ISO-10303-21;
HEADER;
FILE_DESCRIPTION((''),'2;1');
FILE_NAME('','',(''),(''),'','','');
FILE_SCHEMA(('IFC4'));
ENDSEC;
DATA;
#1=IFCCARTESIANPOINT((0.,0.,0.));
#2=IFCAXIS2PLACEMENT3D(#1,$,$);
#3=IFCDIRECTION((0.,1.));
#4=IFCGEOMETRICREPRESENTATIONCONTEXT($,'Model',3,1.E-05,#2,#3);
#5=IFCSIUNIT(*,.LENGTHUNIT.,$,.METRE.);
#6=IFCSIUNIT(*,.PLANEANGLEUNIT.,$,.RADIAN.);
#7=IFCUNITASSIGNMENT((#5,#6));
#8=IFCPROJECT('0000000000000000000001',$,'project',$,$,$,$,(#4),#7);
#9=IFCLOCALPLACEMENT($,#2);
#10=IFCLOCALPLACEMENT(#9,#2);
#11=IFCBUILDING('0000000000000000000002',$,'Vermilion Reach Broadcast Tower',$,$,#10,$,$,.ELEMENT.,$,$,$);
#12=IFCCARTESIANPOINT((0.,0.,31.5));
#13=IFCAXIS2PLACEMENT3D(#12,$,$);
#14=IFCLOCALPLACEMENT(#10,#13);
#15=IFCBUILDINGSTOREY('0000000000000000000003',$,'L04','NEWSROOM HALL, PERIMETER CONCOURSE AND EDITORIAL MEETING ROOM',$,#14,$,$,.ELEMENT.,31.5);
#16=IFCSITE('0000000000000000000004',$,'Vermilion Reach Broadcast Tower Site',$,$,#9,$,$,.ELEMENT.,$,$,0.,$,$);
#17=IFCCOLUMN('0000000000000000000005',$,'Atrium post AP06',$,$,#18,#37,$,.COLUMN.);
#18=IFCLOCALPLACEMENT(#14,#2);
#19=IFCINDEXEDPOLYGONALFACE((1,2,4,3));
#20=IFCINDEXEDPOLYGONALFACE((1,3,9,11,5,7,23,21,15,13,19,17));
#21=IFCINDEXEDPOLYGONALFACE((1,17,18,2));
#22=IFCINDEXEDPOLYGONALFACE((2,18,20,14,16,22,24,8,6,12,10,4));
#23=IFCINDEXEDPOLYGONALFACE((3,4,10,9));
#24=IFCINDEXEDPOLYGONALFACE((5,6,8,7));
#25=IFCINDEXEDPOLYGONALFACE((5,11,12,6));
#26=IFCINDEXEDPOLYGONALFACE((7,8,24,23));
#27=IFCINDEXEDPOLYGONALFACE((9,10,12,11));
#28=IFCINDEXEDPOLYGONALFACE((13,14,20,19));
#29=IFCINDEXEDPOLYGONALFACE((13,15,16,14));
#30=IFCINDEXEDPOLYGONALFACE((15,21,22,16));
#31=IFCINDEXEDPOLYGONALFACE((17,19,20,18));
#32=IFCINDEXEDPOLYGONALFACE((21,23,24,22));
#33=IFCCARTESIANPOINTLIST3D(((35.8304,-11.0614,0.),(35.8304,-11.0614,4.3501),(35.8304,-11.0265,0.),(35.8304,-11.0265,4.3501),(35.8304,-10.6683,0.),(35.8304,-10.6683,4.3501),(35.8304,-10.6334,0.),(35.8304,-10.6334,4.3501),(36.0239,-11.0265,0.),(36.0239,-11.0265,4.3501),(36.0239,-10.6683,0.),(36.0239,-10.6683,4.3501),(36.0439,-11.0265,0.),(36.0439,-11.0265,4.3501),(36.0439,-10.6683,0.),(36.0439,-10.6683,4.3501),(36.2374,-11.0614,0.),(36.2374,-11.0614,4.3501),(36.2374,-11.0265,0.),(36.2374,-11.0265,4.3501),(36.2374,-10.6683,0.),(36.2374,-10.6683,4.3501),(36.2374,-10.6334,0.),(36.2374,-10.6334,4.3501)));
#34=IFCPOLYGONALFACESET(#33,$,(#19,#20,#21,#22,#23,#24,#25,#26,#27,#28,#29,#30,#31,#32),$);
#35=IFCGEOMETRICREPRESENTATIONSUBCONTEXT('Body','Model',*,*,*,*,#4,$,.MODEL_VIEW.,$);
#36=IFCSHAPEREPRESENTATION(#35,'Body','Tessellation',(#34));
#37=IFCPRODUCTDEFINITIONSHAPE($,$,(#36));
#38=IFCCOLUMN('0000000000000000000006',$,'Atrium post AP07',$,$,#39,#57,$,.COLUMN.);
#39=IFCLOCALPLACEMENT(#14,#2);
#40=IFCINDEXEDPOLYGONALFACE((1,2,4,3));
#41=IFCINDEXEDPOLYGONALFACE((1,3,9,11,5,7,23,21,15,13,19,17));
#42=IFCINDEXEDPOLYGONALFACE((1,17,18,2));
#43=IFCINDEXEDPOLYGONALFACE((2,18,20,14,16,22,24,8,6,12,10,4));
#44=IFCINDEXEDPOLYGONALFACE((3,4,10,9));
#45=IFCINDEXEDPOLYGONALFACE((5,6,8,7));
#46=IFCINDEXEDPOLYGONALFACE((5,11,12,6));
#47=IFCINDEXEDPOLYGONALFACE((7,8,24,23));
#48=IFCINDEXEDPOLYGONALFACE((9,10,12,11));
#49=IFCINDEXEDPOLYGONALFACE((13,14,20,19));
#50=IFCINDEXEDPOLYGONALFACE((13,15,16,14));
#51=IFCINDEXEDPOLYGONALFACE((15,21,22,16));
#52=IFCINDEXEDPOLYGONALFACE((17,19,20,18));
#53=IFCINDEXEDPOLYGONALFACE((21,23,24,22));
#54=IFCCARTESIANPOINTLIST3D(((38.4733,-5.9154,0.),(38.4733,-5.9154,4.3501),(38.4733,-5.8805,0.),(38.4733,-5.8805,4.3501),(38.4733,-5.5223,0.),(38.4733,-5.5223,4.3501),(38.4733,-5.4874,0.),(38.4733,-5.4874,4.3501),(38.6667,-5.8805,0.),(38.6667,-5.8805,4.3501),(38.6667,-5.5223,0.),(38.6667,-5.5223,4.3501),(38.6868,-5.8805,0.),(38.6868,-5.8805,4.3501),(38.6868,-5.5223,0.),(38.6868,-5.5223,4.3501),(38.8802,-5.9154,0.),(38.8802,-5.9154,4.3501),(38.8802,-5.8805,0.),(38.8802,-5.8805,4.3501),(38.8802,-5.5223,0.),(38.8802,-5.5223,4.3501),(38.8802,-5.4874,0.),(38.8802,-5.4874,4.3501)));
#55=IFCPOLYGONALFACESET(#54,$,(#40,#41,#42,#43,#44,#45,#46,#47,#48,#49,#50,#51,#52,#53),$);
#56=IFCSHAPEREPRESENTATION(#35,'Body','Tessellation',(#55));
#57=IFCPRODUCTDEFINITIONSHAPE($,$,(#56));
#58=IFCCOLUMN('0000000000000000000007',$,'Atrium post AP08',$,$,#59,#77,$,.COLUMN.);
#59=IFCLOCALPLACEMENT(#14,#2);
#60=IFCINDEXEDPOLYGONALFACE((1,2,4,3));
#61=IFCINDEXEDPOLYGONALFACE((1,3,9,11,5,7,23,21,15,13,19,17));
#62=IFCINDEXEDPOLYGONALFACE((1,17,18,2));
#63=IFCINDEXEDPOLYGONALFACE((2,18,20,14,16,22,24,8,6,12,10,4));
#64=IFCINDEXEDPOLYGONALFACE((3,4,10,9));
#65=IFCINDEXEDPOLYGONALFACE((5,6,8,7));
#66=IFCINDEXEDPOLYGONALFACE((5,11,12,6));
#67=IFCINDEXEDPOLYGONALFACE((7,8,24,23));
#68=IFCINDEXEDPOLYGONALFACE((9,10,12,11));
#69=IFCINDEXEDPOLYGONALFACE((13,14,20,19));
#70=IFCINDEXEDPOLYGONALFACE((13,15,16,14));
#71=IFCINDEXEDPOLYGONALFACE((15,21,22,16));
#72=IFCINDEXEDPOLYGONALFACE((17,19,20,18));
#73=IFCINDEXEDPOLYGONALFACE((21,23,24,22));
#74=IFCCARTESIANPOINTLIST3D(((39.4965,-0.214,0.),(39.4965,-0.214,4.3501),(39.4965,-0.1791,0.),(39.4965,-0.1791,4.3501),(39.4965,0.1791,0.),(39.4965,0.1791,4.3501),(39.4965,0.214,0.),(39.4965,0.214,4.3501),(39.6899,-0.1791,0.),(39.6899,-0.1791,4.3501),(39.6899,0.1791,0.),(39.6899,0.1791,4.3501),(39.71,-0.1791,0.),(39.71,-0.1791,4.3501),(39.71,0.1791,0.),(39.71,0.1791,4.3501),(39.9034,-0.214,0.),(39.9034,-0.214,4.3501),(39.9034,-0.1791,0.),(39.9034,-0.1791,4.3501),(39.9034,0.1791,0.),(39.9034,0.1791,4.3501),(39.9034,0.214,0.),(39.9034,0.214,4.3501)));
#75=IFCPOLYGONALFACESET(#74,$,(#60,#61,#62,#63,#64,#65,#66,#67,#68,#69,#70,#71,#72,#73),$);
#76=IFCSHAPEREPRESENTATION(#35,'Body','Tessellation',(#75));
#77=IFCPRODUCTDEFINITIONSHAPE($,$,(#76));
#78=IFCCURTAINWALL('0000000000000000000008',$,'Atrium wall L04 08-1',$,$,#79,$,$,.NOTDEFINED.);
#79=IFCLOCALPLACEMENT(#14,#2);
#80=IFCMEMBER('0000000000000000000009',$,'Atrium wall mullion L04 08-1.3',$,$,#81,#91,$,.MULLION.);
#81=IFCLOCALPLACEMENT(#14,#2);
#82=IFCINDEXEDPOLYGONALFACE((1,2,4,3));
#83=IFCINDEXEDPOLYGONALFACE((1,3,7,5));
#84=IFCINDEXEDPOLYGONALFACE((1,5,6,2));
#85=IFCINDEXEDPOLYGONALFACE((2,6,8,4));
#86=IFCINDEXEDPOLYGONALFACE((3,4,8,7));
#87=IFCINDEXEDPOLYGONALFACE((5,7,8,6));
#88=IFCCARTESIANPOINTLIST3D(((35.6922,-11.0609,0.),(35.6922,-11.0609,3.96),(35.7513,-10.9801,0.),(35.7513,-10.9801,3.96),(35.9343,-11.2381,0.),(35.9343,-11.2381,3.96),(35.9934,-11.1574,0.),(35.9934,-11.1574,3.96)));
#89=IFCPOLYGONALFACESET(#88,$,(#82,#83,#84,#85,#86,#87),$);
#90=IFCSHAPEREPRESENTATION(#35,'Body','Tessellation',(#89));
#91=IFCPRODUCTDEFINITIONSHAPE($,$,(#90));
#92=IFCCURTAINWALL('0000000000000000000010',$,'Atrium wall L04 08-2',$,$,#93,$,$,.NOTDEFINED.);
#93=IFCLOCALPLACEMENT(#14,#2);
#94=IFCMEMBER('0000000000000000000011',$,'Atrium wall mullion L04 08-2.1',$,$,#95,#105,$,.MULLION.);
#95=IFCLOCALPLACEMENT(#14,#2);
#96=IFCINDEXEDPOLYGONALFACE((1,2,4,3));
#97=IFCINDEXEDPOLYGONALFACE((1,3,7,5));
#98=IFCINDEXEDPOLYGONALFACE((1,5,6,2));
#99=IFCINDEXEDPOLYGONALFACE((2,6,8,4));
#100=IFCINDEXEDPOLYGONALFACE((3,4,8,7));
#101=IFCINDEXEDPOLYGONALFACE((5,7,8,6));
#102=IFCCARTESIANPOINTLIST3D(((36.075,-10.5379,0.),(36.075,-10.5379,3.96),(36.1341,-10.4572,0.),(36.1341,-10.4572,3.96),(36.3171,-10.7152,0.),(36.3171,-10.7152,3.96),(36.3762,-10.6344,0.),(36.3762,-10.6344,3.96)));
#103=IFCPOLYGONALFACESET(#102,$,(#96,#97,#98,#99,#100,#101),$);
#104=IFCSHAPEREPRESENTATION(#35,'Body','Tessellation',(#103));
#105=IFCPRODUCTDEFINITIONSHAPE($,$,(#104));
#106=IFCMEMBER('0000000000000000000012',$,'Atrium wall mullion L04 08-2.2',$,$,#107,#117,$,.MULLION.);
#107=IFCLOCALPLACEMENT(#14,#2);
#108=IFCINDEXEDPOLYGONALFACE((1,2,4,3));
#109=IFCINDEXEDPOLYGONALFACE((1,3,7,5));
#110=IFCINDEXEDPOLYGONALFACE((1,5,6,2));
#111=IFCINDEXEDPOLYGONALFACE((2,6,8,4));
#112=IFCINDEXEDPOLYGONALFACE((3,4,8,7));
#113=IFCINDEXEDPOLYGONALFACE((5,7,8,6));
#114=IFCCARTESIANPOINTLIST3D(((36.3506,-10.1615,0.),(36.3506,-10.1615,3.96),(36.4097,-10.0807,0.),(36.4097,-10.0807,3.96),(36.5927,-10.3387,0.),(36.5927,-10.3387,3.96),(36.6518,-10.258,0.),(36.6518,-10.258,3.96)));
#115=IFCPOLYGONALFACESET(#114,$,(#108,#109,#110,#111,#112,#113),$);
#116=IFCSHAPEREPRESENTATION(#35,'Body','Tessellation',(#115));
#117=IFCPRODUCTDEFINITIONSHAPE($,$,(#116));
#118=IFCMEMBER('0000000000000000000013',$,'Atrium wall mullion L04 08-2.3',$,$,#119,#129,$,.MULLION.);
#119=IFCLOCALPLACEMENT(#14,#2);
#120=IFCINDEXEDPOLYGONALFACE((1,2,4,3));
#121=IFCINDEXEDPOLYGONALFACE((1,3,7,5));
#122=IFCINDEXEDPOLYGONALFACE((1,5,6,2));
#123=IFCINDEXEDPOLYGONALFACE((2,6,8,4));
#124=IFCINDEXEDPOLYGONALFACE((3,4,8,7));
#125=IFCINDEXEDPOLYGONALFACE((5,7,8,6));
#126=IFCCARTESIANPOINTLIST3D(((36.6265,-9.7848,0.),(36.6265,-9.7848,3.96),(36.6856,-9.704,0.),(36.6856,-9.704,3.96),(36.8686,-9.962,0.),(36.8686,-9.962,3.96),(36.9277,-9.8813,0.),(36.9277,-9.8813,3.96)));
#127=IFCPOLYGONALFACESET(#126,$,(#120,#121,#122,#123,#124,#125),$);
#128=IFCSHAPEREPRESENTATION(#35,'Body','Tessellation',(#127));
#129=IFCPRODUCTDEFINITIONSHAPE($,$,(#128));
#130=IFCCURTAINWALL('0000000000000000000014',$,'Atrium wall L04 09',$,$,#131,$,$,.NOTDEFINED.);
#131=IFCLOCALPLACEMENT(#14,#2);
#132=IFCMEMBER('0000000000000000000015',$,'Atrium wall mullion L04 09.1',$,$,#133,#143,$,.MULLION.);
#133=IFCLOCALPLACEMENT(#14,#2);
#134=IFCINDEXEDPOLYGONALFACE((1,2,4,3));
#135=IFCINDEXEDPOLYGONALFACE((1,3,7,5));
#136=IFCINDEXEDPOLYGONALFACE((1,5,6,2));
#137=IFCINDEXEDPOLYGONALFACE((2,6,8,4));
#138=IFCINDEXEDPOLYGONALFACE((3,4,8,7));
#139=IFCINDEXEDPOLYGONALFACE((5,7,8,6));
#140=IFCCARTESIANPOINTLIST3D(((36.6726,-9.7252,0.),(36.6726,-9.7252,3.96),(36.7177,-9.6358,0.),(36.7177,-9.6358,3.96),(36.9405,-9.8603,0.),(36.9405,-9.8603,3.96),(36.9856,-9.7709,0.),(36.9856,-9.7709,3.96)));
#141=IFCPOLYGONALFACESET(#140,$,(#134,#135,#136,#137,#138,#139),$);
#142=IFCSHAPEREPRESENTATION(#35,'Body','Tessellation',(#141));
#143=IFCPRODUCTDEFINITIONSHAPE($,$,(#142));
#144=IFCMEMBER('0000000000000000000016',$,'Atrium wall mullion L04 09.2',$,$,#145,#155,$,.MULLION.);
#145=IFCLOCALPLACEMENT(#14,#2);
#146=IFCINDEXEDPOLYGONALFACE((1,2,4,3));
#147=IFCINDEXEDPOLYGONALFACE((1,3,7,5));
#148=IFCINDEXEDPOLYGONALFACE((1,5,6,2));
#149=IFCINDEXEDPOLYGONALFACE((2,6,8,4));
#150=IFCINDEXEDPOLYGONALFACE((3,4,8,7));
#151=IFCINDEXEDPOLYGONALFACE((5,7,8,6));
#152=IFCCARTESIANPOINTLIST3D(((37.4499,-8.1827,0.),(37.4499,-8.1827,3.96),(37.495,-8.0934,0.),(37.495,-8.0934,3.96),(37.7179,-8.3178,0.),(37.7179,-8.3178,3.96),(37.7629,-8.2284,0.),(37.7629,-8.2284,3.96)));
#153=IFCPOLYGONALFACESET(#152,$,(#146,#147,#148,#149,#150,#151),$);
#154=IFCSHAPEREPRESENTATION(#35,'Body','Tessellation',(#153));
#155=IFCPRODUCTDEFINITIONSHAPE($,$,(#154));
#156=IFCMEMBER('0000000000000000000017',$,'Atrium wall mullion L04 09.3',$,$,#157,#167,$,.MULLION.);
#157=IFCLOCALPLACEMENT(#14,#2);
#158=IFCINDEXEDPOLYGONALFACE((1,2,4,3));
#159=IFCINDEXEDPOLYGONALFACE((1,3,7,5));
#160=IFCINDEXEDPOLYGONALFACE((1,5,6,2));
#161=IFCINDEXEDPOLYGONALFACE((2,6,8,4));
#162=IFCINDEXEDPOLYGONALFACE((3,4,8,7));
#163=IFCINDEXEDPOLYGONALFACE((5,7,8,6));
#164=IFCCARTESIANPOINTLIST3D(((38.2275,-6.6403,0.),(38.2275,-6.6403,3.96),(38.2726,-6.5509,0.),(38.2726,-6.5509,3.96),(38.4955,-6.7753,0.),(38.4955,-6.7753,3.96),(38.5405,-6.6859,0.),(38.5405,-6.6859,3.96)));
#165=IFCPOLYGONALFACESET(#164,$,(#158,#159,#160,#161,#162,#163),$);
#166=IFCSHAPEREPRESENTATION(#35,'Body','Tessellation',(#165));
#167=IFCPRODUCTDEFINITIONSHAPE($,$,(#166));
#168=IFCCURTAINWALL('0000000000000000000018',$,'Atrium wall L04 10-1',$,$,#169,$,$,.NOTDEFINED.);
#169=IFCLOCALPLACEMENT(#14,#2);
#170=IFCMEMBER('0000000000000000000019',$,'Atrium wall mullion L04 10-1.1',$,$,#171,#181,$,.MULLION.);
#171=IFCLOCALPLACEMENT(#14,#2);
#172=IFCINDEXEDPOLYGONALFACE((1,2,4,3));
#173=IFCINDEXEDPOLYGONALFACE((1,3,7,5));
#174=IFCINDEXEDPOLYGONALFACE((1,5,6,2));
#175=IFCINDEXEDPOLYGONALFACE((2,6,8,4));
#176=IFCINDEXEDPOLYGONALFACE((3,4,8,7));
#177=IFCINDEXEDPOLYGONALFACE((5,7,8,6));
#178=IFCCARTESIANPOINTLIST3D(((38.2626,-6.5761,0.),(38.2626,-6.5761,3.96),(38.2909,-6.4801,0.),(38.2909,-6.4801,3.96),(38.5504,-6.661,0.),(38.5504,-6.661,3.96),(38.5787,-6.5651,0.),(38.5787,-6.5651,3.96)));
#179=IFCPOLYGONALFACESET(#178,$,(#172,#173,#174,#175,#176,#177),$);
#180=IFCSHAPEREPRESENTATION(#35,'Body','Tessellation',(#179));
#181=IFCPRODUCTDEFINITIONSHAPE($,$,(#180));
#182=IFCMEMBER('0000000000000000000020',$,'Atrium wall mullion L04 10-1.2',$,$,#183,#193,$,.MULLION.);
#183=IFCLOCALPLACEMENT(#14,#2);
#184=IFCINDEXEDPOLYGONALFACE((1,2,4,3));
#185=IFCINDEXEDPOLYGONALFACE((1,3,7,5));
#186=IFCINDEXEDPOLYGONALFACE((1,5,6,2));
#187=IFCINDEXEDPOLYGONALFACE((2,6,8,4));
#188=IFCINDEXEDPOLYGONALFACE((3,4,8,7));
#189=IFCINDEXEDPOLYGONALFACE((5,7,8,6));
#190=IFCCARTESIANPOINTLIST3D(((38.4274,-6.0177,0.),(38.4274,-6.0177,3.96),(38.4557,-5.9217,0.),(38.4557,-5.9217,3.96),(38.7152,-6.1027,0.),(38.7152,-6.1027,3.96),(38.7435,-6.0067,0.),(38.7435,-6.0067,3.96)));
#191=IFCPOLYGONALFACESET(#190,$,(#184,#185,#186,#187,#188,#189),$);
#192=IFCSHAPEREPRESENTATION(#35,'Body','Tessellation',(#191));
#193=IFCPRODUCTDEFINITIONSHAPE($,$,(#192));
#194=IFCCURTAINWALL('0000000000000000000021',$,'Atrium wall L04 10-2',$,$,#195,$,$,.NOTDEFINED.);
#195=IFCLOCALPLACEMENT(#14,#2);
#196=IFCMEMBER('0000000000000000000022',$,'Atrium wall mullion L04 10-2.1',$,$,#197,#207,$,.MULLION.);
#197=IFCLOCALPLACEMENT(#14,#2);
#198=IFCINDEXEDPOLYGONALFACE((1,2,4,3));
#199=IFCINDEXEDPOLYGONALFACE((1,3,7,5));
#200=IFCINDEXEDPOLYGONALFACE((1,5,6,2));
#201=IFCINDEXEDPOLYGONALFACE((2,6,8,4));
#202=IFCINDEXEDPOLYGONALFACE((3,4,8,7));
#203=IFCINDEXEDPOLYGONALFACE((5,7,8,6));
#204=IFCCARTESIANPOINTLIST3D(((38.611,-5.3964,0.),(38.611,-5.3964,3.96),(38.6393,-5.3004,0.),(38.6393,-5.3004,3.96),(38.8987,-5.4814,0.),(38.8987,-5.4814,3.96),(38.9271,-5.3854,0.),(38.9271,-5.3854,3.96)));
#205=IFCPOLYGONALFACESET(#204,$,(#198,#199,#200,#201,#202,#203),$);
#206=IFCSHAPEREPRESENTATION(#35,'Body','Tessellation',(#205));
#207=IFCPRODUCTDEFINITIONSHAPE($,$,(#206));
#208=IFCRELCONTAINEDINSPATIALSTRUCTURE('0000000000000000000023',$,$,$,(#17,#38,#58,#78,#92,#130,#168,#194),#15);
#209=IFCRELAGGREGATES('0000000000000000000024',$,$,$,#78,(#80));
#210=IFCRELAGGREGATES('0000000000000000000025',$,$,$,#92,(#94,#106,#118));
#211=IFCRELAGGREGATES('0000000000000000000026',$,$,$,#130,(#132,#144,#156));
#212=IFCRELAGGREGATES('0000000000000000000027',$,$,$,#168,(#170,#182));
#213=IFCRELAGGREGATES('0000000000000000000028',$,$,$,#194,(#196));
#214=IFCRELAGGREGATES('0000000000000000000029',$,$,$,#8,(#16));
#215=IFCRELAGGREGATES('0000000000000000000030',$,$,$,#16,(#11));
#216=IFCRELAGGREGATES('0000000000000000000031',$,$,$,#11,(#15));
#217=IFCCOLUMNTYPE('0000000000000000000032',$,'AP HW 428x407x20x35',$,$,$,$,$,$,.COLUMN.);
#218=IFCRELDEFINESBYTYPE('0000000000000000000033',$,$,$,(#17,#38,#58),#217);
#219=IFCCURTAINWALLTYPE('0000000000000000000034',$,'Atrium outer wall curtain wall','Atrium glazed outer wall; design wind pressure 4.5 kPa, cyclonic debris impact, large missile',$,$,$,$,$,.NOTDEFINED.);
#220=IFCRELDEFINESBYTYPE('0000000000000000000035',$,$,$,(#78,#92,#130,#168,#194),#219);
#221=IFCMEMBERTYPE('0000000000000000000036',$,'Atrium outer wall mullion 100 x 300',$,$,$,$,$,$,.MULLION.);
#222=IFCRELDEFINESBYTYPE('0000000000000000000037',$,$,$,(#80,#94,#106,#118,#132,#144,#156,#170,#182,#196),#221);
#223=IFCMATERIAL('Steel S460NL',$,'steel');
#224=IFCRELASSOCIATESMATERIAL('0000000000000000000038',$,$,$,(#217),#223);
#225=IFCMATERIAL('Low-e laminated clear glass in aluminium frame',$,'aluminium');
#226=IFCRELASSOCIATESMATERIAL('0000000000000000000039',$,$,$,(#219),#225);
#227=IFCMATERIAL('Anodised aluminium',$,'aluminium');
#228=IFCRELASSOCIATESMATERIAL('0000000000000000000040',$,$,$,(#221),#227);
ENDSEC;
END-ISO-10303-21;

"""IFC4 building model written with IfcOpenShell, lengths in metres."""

from ifc_helpers import new_model, si_unit, direction, frame, origin, origin_2d, place, context, subcontext, project, spatial, rectangle, i_section, extrude, material, material_profile, profile_set, type_object, element, aggregate, save


model = new_model("IFC4")

# Units and contexts
model_context = context("Model", 3, precision=1e-05, world=origin(), true_north=direction((0.0, 1.0)))
body_context = subcontext(model_context, "Body", "Model", "MODEL_VIEW")
ifc_project = project(units=[si_unit("LENGTHUNIT", "METRE"), si_unit("PLANEANGLEUNIT", "RADIAN")], contexts=[model_context])

# Site, building, storey
site_placement = place(None, origin())
site = spatial("IfcSite", under=ifc_project, at=site_placement, Name="Vermilion Reach Broadcast Tower Site", CompositionType="ELEMENT", RefElevation=0.0)
building_placement = place(site_placement, origin())
building = spatial("IfcBuilding", under=site, at=building_placement, Name="Vermilion Reach Broadcast Tower", CompositionType="ELEMENT")
storey_placement = place(building_placement, frame((0.0, 0.0, 31.5)))
storey = spatial("IfcBuildingStorey", under=building, at=storey_placement, Name="L04", Description="NEWSROOM HALL, PERIMETER CONCOURSE AND EDITORIAL MEETING ROOM", CompositionType="ELEMENT", Elevation=31.5)

# Columns
ifc_material_1 = material(Name="Steel S460NL", Category="steel")
ifc_material_profile_1 = material_profile(ifc_material_1, i_section(OverallWidth=0.407, OverallDepth=0.428, WebThickness=0.02, FlangeThickness=0.0349, at=origin_2d()), Name="S460NL HW 428x407x20x35")
ifc_profile_set_1 = profile_set([ifc_material_profile_1], Name="Steel S460NL")
column_type = type_object("IfcColumnType", Name="AP HW 428x407x20x35", PredefinedType="COLUMN", material=ifc_profile_set_1)
for number, where, z_axis, x_axis, name in (
    (1, (36.0339, -10.8474, 0.0), (0.0, 0.0, 1.0), (1.0, 0.0, 0.0), "Atrium post AP06"),
    (2, (38.6768, -5.7014, 0.0), (0.0, 0.0, 1.0), (1.0, 0.0, 0.0), "Atrium post AP07"),
    (3, (39.7, 0.0, 0.0), (0.0, 0.0, 1.0), (1.0, 0.0, 0.0), "Atrium post AP08"),
):
    element("IfcColumn", number, at=place(storey_placement, frame(where, z_axis=z_axis, x_axis=x_axis)), inside=storey, type_object=column_type, Name=name, PredefinedType="COLUMN", context=body_context, shape_type="SweptSolid", body=[
        extrude(i_section(OverallWidth=0.407, OverallDepth=0.428, WebThickness=0.02, FlangeThickness=0.0349, at=origin_2d()), origin(), (0.0, 0.0, 1.0), 4.3501),
    ])

# Curtain wall, member
ifc_material_2 = material(Name="Low-e laminated clear glass in aluminium frame", Category="aluminium")
curtain_wall_type = type_object("IfcCurtainWallType", Name="Atrium outer wall curtain wall", Description="Atrium glazed outer wall; design wind pressure 4.5 kPa, cyclonic debris impact, large missile", PredefinedType="NOTDEFINED", material=ifc_material_2)
placement = place(storey_placement, origin())
curtain_wall_1 = element("IfcCurtainWall", 4, at=placement, inside=storey, type_object=curtain_wall_type, Name="Atrium wall L04 08-1", PredefinedType="NOTDEFINED")
ifc_material_3 = material(Name="Anodised aluminium", Category="aluminium")
ifc_material_profile_2 = material_profile(ifc_material_3, rectangle(XDim=0.3, YDim=0.1001, at=origin_2d()), Name="Atrium outer wall mullion 100 x 300")
ifc_profile_set_2 = profile_set([ifc_material_profile_2], Name="Anodised aluminium")
member_type_1 = type_object("IfcMemberType", Name="Atrium outer wall mullion 100 x 300", PredefinedType="MULLION", material=ifc_profile_set_2)
member_1_placement = place(storey_placement, frame((35.8428, -11.1091, 0.0), z_axis=(0.0, 0.0, 1.0), x_axis=(-0.806847, 0.59076, 0.0)))
member_1 = element("IfcMember", 5, at=member_1_placement, type_object=member_type_1, Name="Atrium wall mullion L04 08-1.3", PredefinedType="MULLION", context=body_context, shape_type="SweptSolid", body=[
    extrude(rectangle(XDim=0.3, YDim=0.1001, at=origin_2d()), origin(), (0.0, 0.0, 1.0), 3.96),
])

# Curtain walls, members
curtain_wall_2 = element("IfcCurtainWall", 6, at=placement, inside=storey, type_object=curtain_wall_type, Name="Atrium wall L04 08-2", PredefinedType="NOTDEFINED")
member_2_placement = place(storey_placement, frame((36.2256, -10.5862, 0.0), z_axis=(0.0, 0.0, 1.0), x_axis=(-0.806847, 0.59076, 0.0)))
member_2 = element("IfcMember", 7, at=member_2_placement, type_object=member_type_1, Name="Atrium wall mullion L04 08-2.1", PredefinedType="MULLION", context=body_context, shape_type="SweptSolid", body=[
    extrude(rectangle(XDim=0.3, YDim=0.1001, at=origin_2d()), origin(), (0.0, 0.0, 1.0), 3.96),
])
member_3_placement = place(storey_placement, frame((36.5012, -10.2097, 0.0), z_axis=(0.0, 0.0, 1.0), x_axis=(-0.806847, 0.59076, 0.0)))
member_3 = element("IfcMember", 8, at=member_3_placement, type_object=member_type_1, Name="Atrium wall mullion L04 08-2.2", PredefinedType="MULLION", context=body_context, shape_type="SweptSolid", body=[
    extrude(rectangle(XDim=0.3, YDim=0.1001, at=origin_2d()), origin(), (0.0, 0.0, 1.0), 3.96),
])
member_4_placement = place(storey_placement, frame((36.7771, -9.833, 0.0), z_axis=(0.0, 0.0, 1.0), x_axis=(-0.806847, 0.59076, 0.0)))
member_4 = element("IfcMember", 9, at=member_4_placement, type_object=member_type_1, Name="Atrium wall mullion L04 08-2.3", PredefinedType="MULLION", context=body_context, shape_type="SweptSolid", body=[
    extrude(rectangle(XDim=0.3, YDim=0.1001, at=origin_2d()), origin(), (0.0, 0.0, 1.0), 3.96),
])
curtain_wall_3 = element("IfcCurtainWall", 10, at=placement, inside=storey, type_object=curtain_wall_type, Name="Atrium wall L04 09", PredefinedType="NOTDEFINED")
member_5_placement = place(storey_placement, frame((36.8291, -9.748, 0.0), z_axis=(0.0, 0.0, 1.0), x_axis=(-0.892992, 0.450072, 0.0)))
member_5 = element("IfcMember", 11, at=member_5_placement, type_object=member_type_1, Name="Atrium wall mullion L04 09.1", PredefinedType="MULLION", context=body_context, shape_type="SweptSolid", body=[
    extrude(rectangle(XDim=0.3, YDim=0.1001, at=origin_2d()), origin(), (0.0, 0.0, 1.0), 3.96),
])
member_6_placement = place(storey_placement, frame((37.6064, -8.2056, 0.0), z_axis=(0.0, 0.0, 1.0), x_axis=(-0.892992, 0.450072, 0.0)))
member_6 = element("IfcMember", 12, at=member_6_placement, type_object=member_type_1, Name="Atrium wall mullion L04 09.2", PredefinedType="MULLION", context=body_context, shape_type="SweptSolid", body=[
    extrude(rectangle(XDim=0.3, YDim=0.1001, at=origin_2d()), origin(), (0.0, 0.0, 1.0), 3.96),
])
member_7_placement = place(storey_placement, frame((38.384, -6.6631, 0.0), z_axis=(0.0, 0.0, 1.0), x_axis=(-0.892992, 0.450072, 0.0)))
member_7 = element("IfcMember", 13, at=member_7_placement, type_object=member_type_1, Name="Atrium wall mullion L04 09.3", PredefinedType="MULLION", context=body_context, shape_type="SweptSolid", body=[
    extrude(rectangle(XDim=0.3, YDim=0.1001, at=origin_2d()), origin(), (0.0, 0.0, 1.0), 3.96),
])
curtain_wall_4 = element("IfcCurtainWall", 14, at=placement, inside=storey, type_object=curtain_wall_type, Name="Atrium wall L04 10-1", PredefinedType="NOTDEFINED")
member_8_placement = place(storey_placement, frame((38.4207, -6.5706, 0.0), z_axis=(0.0, 0.0, 1.0), x_axis=(-0.959048, 0.283245, 0.0)))
member_8 = element("IfcMember", 15, at=member_8_placement, type_object=member_type_1, Name="Atrium wall mullion L04 10-1.1", PredefinedType="MULLION", context=body_context, shape_type="SweptSolid", body=[
    extrude(rectangle(XDim=0.3, YDim=0.1001, at=origin_2d()), origin(), (0.0, 0.0, 1.0), 3.96),
])
member_9_placement = place(storey_placement, frame((38.5854, -6.0122, 0.0), z_axis=(0.0, 0.0, 1.0), x_axis=(-0.959048, 0.283245, 0.0)))
member_9 = element("IfcMember", 16, at=member_9_placement, type_object=member_type_1, Name="Atrium wall mullion L04 10-1.2", PredefinedType="MULLION", context=body_context, shape_type="SweptSolid", body=[
    extrude(rectangle(XDim=0.3, YDim=0.1001, at=origin_2d()), origin(), (0.0, 0.0, 1.0), 3.96),
])
curtain_wall_5 = element("IfcCurtainWall", 17, at=placement, inside=storey, type_object=curtain_wall_type, Name="Atrium wall L04 10-2", PredefinedType="NOTDEFINED")
member_10_placement = place(storey_placement, frame((38.769, -5.3909, 0.0), z_axis=(0.0, 0.0, 1.0), x_axis=(-0.959048, 0.283245, 0.0)))
member_10 = element("IfcMember", 18, at=member_10_placement, type_object=member_type_1, Name="Atrium wall mullion L04 10-2.1", PredefinedType="MULLION", context=body_context, shape_type="SweptSolid", body=[
    extrude(rectangle(XDim=0.3, YDim=0.1001, at=origin_2d()), origin(), (0.0, 0.0, 1.0), 3.96),
])

aggregate(curtain_wall_1, [member_1])
aggregate(curtain_wall_2, [member_2, member_3, member_4])
aggregate(curtain_wall_3, [member_5, member_6, member_7])
aggregate(curtain_wall_4, [member_8, member_9])
aggregate(curtain_wall_5, [member_10])

save(model, "model.ifc")
